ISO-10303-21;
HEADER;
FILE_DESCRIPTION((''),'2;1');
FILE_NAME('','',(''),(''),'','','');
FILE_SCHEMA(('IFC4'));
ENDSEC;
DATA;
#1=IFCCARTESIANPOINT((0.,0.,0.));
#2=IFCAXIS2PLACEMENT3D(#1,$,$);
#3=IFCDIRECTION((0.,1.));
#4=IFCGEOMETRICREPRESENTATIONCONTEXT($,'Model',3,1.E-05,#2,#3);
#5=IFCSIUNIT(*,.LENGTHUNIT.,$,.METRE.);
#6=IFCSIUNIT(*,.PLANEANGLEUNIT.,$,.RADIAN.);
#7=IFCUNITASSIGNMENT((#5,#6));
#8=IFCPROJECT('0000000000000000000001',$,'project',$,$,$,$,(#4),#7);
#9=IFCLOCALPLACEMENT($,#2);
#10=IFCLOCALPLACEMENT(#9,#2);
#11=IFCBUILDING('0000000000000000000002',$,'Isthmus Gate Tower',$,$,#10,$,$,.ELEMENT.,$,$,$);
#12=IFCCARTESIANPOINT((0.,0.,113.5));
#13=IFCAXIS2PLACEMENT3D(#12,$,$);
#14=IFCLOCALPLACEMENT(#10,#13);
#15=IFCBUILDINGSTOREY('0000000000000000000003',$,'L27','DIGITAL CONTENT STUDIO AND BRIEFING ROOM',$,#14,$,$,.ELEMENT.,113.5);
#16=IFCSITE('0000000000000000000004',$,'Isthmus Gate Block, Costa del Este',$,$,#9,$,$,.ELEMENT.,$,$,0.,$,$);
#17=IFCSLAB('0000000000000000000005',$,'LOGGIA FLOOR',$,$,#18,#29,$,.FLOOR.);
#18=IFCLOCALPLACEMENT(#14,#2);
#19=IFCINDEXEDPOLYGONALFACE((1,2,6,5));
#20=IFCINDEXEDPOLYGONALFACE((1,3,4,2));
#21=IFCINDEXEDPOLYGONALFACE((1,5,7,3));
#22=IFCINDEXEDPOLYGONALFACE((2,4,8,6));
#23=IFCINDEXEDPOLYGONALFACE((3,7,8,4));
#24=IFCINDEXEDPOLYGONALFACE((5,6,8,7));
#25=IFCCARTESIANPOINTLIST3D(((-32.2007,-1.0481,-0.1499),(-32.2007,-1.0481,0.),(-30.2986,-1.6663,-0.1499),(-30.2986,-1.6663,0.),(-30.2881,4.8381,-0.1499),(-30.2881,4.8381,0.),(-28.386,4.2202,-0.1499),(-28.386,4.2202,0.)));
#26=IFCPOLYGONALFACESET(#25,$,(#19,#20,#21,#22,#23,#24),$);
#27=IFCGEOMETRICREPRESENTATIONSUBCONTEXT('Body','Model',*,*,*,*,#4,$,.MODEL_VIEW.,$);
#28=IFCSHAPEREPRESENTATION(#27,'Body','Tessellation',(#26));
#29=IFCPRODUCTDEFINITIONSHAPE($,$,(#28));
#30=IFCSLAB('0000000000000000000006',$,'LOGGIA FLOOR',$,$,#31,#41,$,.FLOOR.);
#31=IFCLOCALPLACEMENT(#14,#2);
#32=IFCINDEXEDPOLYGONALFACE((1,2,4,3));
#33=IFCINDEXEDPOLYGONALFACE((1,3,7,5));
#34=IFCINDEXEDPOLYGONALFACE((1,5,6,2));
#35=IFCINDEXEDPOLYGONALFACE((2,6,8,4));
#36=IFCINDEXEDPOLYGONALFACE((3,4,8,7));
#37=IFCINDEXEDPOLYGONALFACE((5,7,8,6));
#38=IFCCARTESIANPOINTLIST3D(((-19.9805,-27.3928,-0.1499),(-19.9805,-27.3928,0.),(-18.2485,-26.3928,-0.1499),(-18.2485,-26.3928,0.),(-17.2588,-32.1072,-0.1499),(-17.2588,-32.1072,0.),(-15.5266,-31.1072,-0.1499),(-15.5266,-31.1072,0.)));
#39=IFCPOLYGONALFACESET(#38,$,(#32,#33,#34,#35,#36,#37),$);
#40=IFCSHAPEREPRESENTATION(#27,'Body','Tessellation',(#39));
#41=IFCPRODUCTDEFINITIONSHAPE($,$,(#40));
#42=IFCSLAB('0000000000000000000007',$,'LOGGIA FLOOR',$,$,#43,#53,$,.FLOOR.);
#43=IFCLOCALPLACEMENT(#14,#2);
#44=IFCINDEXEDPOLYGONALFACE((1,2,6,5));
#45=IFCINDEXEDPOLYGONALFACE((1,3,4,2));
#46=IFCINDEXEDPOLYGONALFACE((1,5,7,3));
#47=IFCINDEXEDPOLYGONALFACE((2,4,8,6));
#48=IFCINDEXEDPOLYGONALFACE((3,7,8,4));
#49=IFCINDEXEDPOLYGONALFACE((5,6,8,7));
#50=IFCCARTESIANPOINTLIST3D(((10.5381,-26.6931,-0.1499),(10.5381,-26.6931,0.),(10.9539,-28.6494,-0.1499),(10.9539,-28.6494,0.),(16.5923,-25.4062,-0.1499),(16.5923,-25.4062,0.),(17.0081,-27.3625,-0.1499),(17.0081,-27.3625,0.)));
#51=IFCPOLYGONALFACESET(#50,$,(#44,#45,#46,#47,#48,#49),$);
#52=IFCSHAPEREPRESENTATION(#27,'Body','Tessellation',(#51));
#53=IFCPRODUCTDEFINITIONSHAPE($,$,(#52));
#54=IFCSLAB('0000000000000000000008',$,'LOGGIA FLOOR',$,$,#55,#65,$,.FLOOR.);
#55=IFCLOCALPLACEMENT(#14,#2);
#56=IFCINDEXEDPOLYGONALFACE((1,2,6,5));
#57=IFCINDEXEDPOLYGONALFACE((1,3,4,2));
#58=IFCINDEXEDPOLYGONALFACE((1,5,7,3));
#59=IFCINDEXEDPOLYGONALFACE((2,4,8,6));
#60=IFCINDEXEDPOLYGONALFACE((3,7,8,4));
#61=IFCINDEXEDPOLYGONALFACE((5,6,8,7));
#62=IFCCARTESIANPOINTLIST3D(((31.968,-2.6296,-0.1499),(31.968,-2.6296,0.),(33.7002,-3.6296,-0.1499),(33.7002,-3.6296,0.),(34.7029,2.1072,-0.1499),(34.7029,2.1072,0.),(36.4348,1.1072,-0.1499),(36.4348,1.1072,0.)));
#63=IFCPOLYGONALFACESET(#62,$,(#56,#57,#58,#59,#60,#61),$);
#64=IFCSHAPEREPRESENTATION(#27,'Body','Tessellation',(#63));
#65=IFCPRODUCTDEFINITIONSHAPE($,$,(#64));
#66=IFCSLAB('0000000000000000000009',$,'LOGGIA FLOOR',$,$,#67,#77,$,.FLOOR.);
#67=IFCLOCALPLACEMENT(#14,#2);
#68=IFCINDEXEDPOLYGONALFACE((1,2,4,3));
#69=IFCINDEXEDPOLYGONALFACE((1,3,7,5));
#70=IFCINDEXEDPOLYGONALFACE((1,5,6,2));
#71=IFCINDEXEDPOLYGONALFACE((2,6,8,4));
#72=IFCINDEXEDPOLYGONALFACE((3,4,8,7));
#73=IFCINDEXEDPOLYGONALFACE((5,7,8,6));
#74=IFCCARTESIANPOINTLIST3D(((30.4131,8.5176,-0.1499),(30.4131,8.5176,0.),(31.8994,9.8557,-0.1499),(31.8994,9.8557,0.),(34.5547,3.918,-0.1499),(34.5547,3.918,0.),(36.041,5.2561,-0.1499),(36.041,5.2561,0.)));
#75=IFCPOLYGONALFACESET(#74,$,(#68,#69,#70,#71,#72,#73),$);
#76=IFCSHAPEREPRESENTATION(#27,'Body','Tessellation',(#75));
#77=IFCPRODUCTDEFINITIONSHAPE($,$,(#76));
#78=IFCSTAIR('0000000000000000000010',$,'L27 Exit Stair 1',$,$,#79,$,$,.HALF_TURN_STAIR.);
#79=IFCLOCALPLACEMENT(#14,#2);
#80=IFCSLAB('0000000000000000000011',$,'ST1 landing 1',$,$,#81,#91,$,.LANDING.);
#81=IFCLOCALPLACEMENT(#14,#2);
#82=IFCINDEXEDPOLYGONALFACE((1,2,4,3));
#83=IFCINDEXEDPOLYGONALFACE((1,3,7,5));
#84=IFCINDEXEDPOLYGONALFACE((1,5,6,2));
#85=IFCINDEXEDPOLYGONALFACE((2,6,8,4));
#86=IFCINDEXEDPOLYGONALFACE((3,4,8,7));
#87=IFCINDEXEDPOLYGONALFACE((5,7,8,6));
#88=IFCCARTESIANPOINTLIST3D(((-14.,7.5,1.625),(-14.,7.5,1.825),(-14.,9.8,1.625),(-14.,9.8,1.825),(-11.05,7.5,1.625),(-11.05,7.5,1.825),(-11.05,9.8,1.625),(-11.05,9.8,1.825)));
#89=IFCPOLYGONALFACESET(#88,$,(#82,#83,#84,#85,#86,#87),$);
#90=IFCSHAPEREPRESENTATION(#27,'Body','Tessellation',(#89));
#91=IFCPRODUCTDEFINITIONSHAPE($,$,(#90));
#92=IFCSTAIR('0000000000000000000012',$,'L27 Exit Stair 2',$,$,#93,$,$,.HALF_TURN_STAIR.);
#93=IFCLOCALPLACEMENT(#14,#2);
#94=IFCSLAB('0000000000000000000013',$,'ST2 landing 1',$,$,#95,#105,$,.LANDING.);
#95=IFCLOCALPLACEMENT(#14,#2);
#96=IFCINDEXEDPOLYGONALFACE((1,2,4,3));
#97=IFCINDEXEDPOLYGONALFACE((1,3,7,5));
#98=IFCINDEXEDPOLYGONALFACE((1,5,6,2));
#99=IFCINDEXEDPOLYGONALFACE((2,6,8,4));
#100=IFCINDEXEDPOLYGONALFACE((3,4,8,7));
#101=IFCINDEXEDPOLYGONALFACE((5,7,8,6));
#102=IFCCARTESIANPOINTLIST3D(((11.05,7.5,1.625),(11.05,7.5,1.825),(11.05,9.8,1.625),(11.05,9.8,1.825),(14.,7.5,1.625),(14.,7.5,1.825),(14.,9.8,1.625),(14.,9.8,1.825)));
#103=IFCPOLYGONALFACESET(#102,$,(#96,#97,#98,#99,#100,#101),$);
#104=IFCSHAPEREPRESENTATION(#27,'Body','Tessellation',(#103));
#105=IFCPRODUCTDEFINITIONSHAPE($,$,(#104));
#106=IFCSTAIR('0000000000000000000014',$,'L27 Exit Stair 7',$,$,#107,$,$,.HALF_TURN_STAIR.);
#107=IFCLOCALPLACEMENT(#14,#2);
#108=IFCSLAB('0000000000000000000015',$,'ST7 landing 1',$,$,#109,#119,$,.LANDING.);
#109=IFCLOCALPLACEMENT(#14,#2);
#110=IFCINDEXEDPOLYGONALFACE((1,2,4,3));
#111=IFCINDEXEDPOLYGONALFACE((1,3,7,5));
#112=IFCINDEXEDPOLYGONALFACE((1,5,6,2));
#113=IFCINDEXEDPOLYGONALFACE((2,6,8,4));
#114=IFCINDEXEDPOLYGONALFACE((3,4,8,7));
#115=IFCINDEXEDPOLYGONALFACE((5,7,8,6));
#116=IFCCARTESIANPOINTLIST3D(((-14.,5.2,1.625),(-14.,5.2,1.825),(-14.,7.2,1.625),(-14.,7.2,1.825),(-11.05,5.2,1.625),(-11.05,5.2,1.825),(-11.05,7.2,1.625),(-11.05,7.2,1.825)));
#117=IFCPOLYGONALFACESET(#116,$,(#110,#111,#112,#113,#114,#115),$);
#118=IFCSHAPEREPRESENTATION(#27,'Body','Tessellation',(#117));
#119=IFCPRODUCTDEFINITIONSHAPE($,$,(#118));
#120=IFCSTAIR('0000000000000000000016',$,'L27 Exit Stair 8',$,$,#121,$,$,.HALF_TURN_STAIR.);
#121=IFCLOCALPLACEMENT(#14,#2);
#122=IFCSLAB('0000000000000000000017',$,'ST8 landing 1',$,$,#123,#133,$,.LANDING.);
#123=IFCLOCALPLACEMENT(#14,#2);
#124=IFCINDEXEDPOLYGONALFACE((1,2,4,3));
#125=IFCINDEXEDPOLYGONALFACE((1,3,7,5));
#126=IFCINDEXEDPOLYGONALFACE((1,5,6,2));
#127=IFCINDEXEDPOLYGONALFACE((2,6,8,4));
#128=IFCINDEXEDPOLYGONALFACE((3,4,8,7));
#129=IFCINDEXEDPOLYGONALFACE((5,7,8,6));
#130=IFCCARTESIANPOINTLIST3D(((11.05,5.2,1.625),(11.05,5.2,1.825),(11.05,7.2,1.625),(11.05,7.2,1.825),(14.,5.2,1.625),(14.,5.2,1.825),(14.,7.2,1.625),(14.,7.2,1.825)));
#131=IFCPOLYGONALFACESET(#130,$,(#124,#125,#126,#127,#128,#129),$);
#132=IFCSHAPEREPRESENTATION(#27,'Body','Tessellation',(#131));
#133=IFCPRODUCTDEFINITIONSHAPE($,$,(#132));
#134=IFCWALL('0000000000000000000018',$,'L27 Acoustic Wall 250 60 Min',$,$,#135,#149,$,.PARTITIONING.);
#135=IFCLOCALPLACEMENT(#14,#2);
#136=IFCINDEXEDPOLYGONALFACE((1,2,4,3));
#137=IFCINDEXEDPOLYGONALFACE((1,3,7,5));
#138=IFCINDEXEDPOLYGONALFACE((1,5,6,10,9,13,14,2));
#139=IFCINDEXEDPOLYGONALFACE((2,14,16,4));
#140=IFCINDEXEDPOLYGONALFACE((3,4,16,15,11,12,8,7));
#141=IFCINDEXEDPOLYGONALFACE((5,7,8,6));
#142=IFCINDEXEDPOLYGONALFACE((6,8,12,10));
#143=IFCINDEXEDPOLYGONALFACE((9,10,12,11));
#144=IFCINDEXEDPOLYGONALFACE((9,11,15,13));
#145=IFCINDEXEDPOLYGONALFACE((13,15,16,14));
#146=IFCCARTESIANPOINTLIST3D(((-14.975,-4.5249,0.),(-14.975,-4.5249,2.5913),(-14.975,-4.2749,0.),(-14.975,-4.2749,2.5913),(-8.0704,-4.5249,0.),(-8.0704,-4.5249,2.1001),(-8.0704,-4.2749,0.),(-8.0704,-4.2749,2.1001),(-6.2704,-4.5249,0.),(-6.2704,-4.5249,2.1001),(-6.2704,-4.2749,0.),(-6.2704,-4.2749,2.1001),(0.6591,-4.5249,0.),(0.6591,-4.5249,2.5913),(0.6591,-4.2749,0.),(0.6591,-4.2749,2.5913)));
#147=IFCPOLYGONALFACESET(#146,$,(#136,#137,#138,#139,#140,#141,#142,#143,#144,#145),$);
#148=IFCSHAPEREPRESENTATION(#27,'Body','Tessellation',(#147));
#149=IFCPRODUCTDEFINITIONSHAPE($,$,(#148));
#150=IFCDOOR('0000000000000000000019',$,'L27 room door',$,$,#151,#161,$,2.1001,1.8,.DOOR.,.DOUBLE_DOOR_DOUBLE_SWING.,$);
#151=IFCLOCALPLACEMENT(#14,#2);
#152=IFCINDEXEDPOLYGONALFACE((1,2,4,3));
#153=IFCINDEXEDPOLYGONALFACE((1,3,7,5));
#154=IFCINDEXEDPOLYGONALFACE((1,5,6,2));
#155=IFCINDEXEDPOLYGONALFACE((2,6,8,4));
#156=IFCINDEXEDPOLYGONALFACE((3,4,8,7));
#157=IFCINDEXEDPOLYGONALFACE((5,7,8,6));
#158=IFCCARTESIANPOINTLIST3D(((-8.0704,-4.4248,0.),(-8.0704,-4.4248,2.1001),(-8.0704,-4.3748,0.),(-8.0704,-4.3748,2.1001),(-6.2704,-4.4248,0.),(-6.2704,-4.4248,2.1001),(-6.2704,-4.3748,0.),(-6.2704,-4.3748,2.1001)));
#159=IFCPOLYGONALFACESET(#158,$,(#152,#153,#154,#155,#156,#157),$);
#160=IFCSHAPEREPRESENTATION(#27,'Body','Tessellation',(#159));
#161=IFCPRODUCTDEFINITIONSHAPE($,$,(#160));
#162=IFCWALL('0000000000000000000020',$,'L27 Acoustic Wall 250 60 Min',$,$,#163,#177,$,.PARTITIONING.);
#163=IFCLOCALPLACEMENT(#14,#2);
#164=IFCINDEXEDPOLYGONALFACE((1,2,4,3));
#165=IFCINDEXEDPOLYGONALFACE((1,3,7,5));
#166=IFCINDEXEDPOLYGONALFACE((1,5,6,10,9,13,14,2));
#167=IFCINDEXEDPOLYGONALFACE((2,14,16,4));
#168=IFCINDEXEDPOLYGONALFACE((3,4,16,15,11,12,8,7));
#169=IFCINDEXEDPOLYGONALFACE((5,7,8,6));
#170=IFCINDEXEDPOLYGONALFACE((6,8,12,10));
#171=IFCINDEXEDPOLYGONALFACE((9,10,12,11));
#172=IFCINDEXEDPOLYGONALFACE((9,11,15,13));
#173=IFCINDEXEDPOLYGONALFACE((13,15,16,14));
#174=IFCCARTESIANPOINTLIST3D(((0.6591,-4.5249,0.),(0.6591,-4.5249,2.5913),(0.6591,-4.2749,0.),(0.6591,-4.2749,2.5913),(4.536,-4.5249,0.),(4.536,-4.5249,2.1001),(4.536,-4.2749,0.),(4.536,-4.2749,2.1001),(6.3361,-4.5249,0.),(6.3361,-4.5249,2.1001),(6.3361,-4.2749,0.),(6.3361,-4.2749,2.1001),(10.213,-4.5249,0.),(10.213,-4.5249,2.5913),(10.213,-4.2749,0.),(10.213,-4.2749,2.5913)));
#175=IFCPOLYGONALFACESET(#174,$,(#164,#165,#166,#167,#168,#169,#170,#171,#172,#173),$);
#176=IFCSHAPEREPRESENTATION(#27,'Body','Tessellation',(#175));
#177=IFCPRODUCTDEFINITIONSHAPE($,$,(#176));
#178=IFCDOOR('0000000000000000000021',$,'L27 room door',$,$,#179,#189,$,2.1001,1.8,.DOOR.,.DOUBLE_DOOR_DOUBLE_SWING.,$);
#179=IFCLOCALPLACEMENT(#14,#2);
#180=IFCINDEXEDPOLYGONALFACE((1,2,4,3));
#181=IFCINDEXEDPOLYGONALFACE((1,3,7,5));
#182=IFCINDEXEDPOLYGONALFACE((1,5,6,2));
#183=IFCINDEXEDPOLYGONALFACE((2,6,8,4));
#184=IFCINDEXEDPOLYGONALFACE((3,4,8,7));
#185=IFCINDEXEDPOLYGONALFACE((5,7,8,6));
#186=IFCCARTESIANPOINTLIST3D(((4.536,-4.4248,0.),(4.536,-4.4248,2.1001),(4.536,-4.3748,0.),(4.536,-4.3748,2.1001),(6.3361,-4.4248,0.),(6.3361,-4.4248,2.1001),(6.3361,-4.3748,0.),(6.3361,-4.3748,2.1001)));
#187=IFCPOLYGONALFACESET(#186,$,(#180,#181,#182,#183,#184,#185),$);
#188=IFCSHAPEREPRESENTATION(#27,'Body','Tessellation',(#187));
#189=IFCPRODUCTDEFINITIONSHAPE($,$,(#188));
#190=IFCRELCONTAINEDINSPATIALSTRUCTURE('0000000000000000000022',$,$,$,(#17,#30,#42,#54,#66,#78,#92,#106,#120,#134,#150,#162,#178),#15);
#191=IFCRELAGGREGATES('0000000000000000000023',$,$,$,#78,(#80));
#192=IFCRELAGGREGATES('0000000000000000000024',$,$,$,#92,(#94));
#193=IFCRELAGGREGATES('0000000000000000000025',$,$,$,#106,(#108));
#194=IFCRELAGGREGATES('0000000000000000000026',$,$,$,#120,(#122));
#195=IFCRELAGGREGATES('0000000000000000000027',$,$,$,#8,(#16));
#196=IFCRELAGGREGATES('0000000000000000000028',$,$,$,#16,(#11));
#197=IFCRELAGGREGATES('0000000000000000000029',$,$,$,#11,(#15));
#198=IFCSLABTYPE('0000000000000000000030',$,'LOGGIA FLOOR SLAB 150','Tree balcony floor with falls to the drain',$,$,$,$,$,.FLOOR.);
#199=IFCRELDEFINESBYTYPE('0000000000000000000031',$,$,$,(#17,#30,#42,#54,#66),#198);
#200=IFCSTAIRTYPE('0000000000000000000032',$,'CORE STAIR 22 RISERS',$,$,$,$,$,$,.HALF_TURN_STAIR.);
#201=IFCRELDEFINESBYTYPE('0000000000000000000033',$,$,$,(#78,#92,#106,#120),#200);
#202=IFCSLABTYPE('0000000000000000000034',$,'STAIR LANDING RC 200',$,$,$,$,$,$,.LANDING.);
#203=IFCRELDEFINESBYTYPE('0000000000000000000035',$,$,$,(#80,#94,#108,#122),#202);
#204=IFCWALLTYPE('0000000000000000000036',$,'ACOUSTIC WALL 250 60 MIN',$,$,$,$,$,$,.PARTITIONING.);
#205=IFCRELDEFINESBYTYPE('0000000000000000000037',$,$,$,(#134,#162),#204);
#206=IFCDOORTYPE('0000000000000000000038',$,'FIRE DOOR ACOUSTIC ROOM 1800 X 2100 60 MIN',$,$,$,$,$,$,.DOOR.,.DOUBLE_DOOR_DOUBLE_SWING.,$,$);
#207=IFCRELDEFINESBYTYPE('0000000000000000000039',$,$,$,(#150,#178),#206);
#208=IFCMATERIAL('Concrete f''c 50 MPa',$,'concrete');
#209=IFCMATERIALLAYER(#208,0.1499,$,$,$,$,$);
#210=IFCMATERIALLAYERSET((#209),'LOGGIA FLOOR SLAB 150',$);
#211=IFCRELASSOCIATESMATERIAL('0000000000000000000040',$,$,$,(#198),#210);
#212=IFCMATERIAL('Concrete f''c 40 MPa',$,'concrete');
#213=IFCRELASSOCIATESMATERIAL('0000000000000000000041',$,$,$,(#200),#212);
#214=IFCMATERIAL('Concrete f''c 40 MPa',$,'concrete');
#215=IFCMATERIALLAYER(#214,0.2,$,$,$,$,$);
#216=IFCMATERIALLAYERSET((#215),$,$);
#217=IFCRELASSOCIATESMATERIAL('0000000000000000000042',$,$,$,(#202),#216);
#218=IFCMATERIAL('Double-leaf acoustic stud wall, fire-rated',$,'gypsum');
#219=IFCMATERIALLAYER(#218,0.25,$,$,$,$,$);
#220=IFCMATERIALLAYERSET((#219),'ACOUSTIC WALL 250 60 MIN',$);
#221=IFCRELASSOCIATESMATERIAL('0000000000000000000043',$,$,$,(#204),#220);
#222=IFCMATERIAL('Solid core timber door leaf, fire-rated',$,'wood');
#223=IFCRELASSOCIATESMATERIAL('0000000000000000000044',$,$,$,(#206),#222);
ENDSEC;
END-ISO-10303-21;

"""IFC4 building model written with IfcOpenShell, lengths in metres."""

from ifc_helpers import new_model, si_unit, direction, frame, frame_2d, origin, place, context, subcontext, project, spatial, polyline, rectangle, outline, extrude, material, layer, layer_set, type_object, element, fill, aggregate, save


model = new_model("IFC4")

# Units and contexts
model_context = context("Model", 3, precision=1e-05, world=origin(), true_north=direction((0.0, 1.0)))
body_context = subcontext(model_context, "Body", "Model", "MODEL_VIEW")
ifc_project = project(units=[si_unit("LENGTHUNIT", "METRE"), si_unit("PLANEANGLEUNIT", "RADIAN")], contexts=[model_context])

# Site, building, storey
site_placement = place(None, origin())
site = spatial("IfcSite", under=ifc_project, at=site_placement, Name="Isthmus Gate Block, Costa del Este", CompositionType="ELEMENT", RefElevation=0.0)
building_placement = place(site_placement, origin())
building = spatial("IfcBuilding", under=site, at=building_placement, Name="Isthmus Gate Tower", CompositionType="ELEMENT")
storey_placement = place(building_placement, frame((0.0, 0.0, 113.5)))
storey = spatial("IfcBuildingStorey", under=building, at=storey_placement, Name="L27", Description="DIGITAL CONTENT STUDIO AND BRIEFING ROOM", CompositionType="ELEMENT", Elevation=113.5)

# Slabs
ifc_material_1 = material(Name="Concrete f'c 50 MPa", Category="concrete")
ifc_layer_1 = layer(ifc_material_1, 0.1499)
ifc_layer_set_1 = layer_set([ifc_layer_1], Name="LOGGIA FLOOR SLAB 150")
slab_type_1 = type_object("IfcSlabType", Name="LOGGIA FLOOR SLAB 150", Description="Tree balcony floor with falls to the drain", PredefinedType="FLOOR", material=ifc_layer_set_1)
slab_1_placement = place(storey_placement, frame((0.0, 0.0, -0.1499)))
element("IfcSlab", 1, at=slab_1_placement, inside=storey, type_object=slab_type_1, Name="LOGGIA FLOOR", PredefinedType="FLOOR", context=body_context, shape_type="SweptSolid", body=[
    extrude(outline(polyline([(-30.2881, 4.8381), (-32.2007, -1.0481), (-30.2986, -1.6663), (-28.386, 4.2202), (-30.2881, 4.8381)])), origin(), (0.0, 0.0, 1.0), 0.1499),
])
slab_2_placement = place(storey_placement, frame((0.0, 0.0, -0.1499)))
element("IfcSlab", 2, at=slab_2_placement, inside=storey, type_object=slab_type_1, Name="LOGGIA FLOOR", PredefinedType="FLOOR", context=body_context, shape_type="SweptSolid", body=[
    extrude(outline(polyline([(-19.9805, -27.3928), (-17.2588, -32.1072), (-15.5266, -31.1072), (-18.2485, -26.3928), (-19.9805, -27.3928)])), origin(), (0.0, 0.0, 1.0), 0.1499),
])
slab_3_placement = place(storey_placement, frame((0.0, 0.0, -0.1499)))
element("IfcSlab", 3, at=slab_3_placement, inside=storey, type_object=slab_type_1, Name="LOGGIA FLOOR", PredefinedType="FLOOR", context=body_context, shape_type="SweptSolid", body=[
    extrude(outline(polyline([(10.9539, -28.6494), (17.0081, -27.3625), (16.5923, -25.4062), (10.5381, -26.6931), (10.9539, -28.6494)])), origin(), (0.0, 0.0, 1.0), 0.1499),
])
slab_4_placement = place(storey_placement, frame((0.0, 0.0, -0.1499)))
element("IfcSlab", 4, at=slab_4_placement, inside=storey, type_object=slab_type_1, Name="LOGGIA FLOOR", PredefinedType="FLOOR", context=body_context, shape_type="SweptSolid", body=[
    extrude(outline(polyline([(33.7002, -3.6296), (36.4348, 1.1072), (34.7029, 2.1072), (31.968, -2.6296), (33.7002, -3.6296)])), origin(), (0.0, 0.0, 1.0), 0.1499),
])
slab_5_placement = place(storey_placement, frame((0.0, 0.0, -0.1499)))
element("IfcSlab", 5, at=slab_5_placement, inside=storey, type_object=slab_type_1, Name="LOGGIA FLOOR", PredefinedType="FLOOR", context=body_context, shape_type="SweptSolid", body=[
    extrude(outline(polyline([(36.041, 5.2561), (31.8994, 9.8557), (30.4131, 8.5176), (34.5547, 3.918), (36.041, 5.2561)])), origin(), (0.0, 0.0, 1.0), 0.1499),
])

# Stairs, slabs
ifc_material_2 = material(Name="Concrete f'c 40 MPa", Category="concrete")
stair_type = type_object("IfcStairType", Name="CORE STAIR 22 RISERS", PredefinedType="HALF_TURN_STAIR", material=ifc_material_2)
stair_1_placement = place(storey_placement, origin())
stair_1 = element("IfcStair", 6, at=stair_1_placement, inside=storey, type_object=stair_type, Name="L27 Exit Stair 1", PredefinedType="HALF_TURN_STAIR")
ifc_material_3 = material(Name="Concrete f'c 40 MPa", Category="concrete")
ifc_layer_2 = layer(ifc_material_3, 0.2)
ifc_layer_set_2 = layer_set([ifc_layer_2])
slab_type_2 = type_object("IfcSlabType", Name="STAIR LANDING RC 200", PredefinedType="LANDING", material=ifc_layer_set_2)
slab_6_placement = place(storey_placement, frame((0.0, 0.0, 1.625)))
slab_6 = element("IfcSlab", 7, at=slab_6_placement, type_object=slab_type_2, Name="ST1 landing 1", PredefinedType="LANDING", context=body_context, shape_type="SweptSolid", body=[
    extrude(outline(polyline([(-14.0, 9.8), (-14.0, 7.5), (-11.05, 7.5), (-11.05, 9.8), (-14.0, 9.8)])), origin(), (0.0, 0.0, 1.0), 0.2),
])
aggregate(stair_1, [slab_6])
stair_2_placement = place(storey_placement, origin())
stair_2 = element("IfcStair", 8, at=stair_2_placement, inside=storey, type_object=stair_type, Name="L27 Exit Stair 2", PredefinedType="HALF_TURN_STAIR")
slab_7_placement = place(storey_placement, frame((0.0, 0.0, 1.625)))
slab_7 = element("IfcSlab", 9, at=slab_7_placement, type_object=slab_type_2, Name="ST2 landing 1", PredefinedType="LANDING", context=body_context, shape_type="SweptSolid", body=[
    extrude(outline(polyline([(11.05, 9.8), (11.05, 7.5), (14.0, 7.5), (14.0, 9.8), (11.05, 9.8)])), origin(), (0.0, 0.0, 1.0), 0.2),
])
aggregate(stair_2, [slab_7])
stair_3_placement = place(storey_placement, origin())
stair_3 = element("IfcStair", 10, at=stair_3_placement, inside=storey, type_object=stair_type, Name="L27 Exit Stair 7", PredefinedType="HALF_TURN_STAIR")
slab_8_placement = place(storey_placement, frame((0.0, 0.0, 1.625)))
slab_8 = element("IfcSlab", 11, at=slab_8_placement, type_object=slab_type_2, Name="ST7 landing 1", PredefinedType="LANDING", context=body_context, shape_type="SweptSolid", body=[
    extrude(outline(polyline([(-11.05, 5.2), (-11.05, 7.2), (-14.0, 7.2), (-14.0, 5.2), (-11.05, 5.2)])), origin(), (0.0, 0.0, 1.0), 0.2),
])
aggregate(stair_3, [slab_8])
stair_4_placement = place(storey_placement, origin())
stair_4 = element("IfcStair", 12, at=stair_4_placement, inside=storey, type_object=stair_type, Name="L27 Exit Stair 8", PredefinedType="HALF_TURN_STAIR")
slab_9_placement = place(storey_placement, frame((0.0, 0.0, 1.625)))
slab_9 = element("IfcSlab", 13, at=slab_9_placement, type_object=slab_type_2, Name="ST8 landing 1", PredefinedType="LANDING", context=body_context, shape_type="SweptSolid", body=[
    extrude(outline(polyline([(14.0, 5.2), (14.0, 7.2), (11.05, 7.2), (11.05, 5.2), (14.0, 5.2)])), origin(), (0.0, 0.0, 1.0), 0.2),
])
aggregate(stair_4, [slab_9])

# Walls, openings, doors
ifc_material_4 = material(Name="Double-leaf acoustic stud wall, fire-rated", Category="gypsum")
ifc_layer_3 = layer(ifc_material_4, 0.25)
ifc_layer_set_3 = layer_set([ifc_layer_3], Name="ACOUSTIC WALL 250 60 MIN")
wall_type_1 = type_object("IfcWallType", Name="ACOUSTIC WALL 250 60 MIN", PredefinedType="PARTITIONING", material=ifc_layer_set_3)
wall_1_placement = place(storey_placement, frame((0.6589, -4.3999, 0.0), z_axis=(0.0, 0.0, 1.0), x_axis=(-1.0, 0.0, 0.0)))
wall_1 = element("IfcWall", 14, at=wall_1_placement, inside=storey, type_object=wall_type_1, Name="L27 Acoustic Wall 250 60 Min", PredefinedType="PARTITIONING", context=body_context, shape_type="SweptSolid", body=[
    extrude(rectangle(XDim=15.634, YDim=0.25, at=frame_2d((7.8169, 0.0))), origin(), (0.0, 0.0, 1.0), 2.5913),
])
opening_1_placement = place(wall_1_placement, frame((6.9294, 0.0, 0.0)))
opening_1 = element("IfcOpeningElement", 15, at=opening_1_placement, cuts=wall_1, PredefinedType="OPENING", context=body_context, shape_type="SweptSolid", body=[
    extrude(rectangle(XDim=1.8, YDim=2.1001, at=frame_2d((0.8999, 1.05))), frame((0.0, 0.135, 0.0), z_axis=(0.0, -1.0, 0.0), x_axis=(1.0, 0.0, 0.0)), (0.0, 0.0, 1.0), 0.27),
])
ifc_material_5 = material(Name="Solid core timber door leaf, fire-rated", Category="wood")
door_type = type_object("IfcDoorType", Name="FIRE DOOR ACOUSTIC ROOM 1800 X 2100 60 MIN", OperationType="DOUBLE_DOOR_DOUBLE_SWING", PredefinedType="DOOR", material=ifc_material_5)
door_1_placement = place(opening_1_placement, origin())
door_1 = element("IfcDoor", 16, at=door_1_placement, inside=storey, type_object=door_type, Name="L27 room door", OperationType="DOUBLE_DOOR_DOUBLE_SWING", OverallHeight=2.1001, OverallWidth=1.8, PredefinedType="DOOR", context=body_context, shape_type="SweptSolid", body=[
    extrude(rectangle(XDim=1.8, YDim=2.1001, at=frame_2d((0.8999, 1.05))), frame((0.0, 0.0249, 0.0), z_axis=(0.0, -1.0, 0.0), x_axis=(1.0, 0.0, 0.0)), (0.0, 0.0, 1.0), 0.05),
])
fill(opening_1, door_1)
wall_2_placement = place(storey_placement, frame((10.2129, -4.3999, 0.0), z_axis=(0.0, 0.0, 1.0), x_axis=(-1.0, 0.0, 0.0)))
wall_2 = element("IfcWall", 17, at=wall_2_placement, inside=storey, type_object=wall_type_1, Name="L27 Acoustic Wall 250 60 Min", PredefinedType="PARTITIONING", context=body_context, shape_type="SweptSolid", body=[
    extrude(rectangle(XDim=9.554, YDim=0.25, at=frame_2d((4.7769, 0.0))), origin(), (0.0, 0.0, 1.0), 2.5913),
])
opening_2_placement = place(wall_2_placement, frame((3.877, 0.0, 0.0)))
opening_2 = element("IfcOpeningElement", 18, at=opening_2_placement, cuts=wall_2, PredefinedType="OPENING", context=body_context, shape_type="SweptSolid", body=[
    extrude(rectangle(XDim=1.8, YDim=2.1001, at=frame_2d((0.8999, 1.05))), frame((0.0, 0.135, 0.0), z_axis=(0.0, -1.0, 0.0), x_axis=(1.0, 0.0, 0.0)), (0.0, 0.0, 1.0), 0.27),
])
door_2_placement = place(opening_2_placement, origin())
door_2 = element("IfcDoor", 19, at=door_2_placement, inside=storey, type_object=door_type, Name="L27 room door", OperationType="DOUBLE_DOOR_DOUBLE_SWING", OverallHeight=2.1001, OverallWidth=1.8, PredefinedType="DOOR", context=body_context, shape_type="SweptSolid", body=[
    extrude(rectangle(XDim=1.8, YDim=2.1001, at=frame_2d((0.8999, 1.05))), frame((0.0, 0.0249, 0.0), z_axis=(0.0, -1.0, 0.0), x_axis=(1.0, 0.0, 0.0)), (0.0, 0.0, 1.0), 0.05),
])
fill(opening_2, door_2)

save(model, "model.ifc")
